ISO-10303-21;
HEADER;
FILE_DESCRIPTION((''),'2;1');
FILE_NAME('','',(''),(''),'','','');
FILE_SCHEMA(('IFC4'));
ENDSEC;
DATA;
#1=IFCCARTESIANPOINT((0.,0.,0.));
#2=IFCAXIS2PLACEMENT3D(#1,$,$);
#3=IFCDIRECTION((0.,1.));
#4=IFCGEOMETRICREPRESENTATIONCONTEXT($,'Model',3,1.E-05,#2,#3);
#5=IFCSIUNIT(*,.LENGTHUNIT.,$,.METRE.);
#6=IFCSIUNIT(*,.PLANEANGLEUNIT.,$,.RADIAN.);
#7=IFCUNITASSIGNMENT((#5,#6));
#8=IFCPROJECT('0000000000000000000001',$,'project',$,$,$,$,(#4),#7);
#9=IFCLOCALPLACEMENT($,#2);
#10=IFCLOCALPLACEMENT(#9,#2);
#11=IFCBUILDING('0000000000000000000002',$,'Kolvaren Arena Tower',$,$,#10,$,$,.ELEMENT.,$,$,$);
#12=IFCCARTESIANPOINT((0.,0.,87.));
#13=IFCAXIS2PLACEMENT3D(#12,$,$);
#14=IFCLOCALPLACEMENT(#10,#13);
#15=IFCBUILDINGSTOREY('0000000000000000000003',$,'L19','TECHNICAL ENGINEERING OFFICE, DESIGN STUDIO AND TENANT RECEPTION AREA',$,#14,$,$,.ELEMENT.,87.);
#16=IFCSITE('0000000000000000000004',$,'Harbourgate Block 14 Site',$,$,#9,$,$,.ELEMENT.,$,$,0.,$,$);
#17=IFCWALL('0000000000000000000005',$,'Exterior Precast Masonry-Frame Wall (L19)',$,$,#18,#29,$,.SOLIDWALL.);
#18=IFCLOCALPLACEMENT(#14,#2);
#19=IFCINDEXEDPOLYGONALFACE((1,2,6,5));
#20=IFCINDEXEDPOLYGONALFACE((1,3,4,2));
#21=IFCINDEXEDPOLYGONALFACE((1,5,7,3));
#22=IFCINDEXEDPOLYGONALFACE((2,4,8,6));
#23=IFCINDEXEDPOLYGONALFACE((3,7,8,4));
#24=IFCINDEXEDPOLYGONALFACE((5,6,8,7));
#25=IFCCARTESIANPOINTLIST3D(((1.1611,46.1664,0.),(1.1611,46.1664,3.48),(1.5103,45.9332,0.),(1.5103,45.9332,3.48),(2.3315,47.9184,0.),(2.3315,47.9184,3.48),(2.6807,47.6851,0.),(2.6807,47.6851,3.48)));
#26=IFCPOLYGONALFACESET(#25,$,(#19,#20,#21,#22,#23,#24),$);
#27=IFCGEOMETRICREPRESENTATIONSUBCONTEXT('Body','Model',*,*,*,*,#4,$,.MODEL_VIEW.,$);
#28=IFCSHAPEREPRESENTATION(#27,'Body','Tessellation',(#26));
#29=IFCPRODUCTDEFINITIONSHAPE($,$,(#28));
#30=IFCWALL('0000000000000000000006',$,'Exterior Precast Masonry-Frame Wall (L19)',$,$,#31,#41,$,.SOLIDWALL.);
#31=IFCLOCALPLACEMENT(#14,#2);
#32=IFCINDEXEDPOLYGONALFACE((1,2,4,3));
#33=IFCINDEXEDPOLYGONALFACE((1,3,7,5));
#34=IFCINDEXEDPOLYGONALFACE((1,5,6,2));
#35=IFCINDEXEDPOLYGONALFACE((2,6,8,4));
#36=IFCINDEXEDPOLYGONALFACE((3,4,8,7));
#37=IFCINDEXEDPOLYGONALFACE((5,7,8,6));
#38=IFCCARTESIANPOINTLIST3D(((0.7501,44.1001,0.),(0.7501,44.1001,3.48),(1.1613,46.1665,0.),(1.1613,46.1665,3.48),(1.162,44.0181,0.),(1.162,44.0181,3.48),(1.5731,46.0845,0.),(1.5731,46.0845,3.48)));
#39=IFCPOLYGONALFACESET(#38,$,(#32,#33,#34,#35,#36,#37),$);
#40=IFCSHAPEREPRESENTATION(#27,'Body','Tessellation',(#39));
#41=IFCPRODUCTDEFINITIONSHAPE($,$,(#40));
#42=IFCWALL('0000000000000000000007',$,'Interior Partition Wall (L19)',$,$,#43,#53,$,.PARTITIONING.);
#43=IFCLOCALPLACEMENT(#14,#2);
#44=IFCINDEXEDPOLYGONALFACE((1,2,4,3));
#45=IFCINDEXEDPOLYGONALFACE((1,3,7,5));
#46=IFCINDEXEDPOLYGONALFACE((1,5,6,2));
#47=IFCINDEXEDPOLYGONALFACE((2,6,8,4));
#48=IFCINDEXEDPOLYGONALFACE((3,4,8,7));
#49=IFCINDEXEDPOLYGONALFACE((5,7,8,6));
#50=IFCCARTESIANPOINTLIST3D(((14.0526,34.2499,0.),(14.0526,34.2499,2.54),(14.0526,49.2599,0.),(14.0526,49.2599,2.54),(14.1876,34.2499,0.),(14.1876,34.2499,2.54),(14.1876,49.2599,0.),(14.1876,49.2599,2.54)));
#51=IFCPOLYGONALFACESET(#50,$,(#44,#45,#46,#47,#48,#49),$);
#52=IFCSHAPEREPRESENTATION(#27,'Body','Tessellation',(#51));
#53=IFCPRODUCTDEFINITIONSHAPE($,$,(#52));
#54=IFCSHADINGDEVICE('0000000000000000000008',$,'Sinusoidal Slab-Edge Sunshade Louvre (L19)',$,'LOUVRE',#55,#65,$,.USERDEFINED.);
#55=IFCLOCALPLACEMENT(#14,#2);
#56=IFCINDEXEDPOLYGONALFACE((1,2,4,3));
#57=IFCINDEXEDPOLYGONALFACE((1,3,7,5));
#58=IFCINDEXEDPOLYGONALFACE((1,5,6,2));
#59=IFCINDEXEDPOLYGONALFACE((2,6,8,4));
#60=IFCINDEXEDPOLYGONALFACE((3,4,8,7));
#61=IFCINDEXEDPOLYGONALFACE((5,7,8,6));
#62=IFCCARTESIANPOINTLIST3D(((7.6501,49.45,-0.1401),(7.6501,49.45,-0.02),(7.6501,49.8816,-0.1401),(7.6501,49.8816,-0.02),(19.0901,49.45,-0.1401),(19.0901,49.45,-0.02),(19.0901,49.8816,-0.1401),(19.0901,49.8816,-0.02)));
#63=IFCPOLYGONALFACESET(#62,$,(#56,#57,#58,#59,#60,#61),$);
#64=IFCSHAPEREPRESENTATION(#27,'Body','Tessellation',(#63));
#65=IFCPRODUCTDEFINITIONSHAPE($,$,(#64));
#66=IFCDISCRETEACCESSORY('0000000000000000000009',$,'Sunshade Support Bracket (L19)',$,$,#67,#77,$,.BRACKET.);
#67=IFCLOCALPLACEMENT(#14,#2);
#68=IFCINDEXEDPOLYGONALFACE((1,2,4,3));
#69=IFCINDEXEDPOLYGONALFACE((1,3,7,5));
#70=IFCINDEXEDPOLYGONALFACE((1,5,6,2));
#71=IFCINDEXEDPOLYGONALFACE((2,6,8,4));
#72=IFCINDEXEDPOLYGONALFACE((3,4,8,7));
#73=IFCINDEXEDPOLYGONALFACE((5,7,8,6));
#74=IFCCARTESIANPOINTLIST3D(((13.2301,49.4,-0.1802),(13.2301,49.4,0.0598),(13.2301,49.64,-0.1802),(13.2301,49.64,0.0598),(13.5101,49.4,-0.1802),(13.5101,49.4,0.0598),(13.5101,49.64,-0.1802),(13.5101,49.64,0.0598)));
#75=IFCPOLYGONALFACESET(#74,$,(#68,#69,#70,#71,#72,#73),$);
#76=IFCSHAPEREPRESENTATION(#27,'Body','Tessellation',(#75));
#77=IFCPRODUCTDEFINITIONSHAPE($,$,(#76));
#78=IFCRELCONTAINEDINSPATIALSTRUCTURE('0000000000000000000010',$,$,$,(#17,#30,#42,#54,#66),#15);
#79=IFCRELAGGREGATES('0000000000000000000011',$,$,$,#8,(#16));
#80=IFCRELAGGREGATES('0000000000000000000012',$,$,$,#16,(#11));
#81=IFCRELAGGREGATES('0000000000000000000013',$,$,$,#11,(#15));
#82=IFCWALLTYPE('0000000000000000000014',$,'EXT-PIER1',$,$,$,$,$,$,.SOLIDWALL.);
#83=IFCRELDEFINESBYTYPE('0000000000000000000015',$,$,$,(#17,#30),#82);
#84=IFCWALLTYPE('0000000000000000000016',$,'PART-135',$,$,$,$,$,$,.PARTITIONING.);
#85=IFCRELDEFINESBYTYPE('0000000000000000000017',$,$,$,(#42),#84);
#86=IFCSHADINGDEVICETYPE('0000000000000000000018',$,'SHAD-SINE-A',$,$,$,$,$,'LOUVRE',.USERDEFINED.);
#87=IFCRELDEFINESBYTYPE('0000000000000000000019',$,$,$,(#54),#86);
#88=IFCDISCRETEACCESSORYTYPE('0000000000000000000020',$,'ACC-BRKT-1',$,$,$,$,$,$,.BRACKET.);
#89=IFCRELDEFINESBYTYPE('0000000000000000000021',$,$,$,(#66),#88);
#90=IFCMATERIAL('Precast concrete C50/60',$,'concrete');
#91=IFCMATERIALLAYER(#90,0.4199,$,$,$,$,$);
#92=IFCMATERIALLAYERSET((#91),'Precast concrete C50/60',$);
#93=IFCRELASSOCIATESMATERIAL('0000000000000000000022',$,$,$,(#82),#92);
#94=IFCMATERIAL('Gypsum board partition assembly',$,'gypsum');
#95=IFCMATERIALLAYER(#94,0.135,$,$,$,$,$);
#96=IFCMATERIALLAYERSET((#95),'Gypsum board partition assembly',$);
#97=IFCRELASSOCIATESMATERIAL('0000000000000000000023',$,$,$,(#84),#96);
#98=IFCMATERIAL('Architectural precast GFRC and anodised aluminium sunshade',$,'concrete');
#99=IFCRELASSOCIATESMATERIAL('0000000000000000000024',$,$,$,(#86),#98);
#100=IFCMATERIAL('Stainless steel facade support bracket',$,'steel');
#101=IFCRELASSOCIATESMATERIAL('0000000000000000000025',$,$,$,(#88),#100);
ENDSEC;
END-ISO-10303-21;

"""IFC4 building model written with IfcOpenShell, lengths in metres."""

from ifc_helpers import new_model, si_unit, direction, frame, frame_2d, origin, origin_2d, place, context, subcontext, project, spatial, rectangle, extrude, material, layer, layer_set, type_object, element, save


model = new_model("IFC4")

# Units and contexts
model_context = context("Model", 3, precision=1e-05, world=origin(), true_north=direction((0.0, 1.0)))
body_context = subcontext(model_context, "Body", "Model", "MODEL_VIEW")
ifc_project = project(units=[si_unit("LENGTHUNIT", "METRE"), si_unit("PLANEANGLEUNIT", "RADIAN")], contexts=[model_context])

# Site, building, storey
site_placement = place(None, origin())
site = spatial("IfcSite", under=ifc_project, at=site_placement, Name="Harbourgate Block 14 Site", CompositionType="ELEMENT", RefElevation=0.0)
building_placement = place(site_placement, origin())
building = spatial("IfcBuilding", under=site, at=building_placement, Name="Kolvaren Arena Tower", CompositionType="ELEMENT")
storey_placement = place(building_placement, frame((0.0, 0.0, 87.0)))
storey = spatial("IfcBuildingStorey", under=building, at=storey_placement, Name="L19", Description="TECHNICAL ENGINEERING OFFICE, DESIGN STUDIO AND TENANT RECEPTION AREA", CompositionType="ELEMENT", Elevation=87.0)

# Shared definitions
ifc_material_1 = material(Name="Precast concrete C50/60", Category="concrete")
ifc_layer_1 = layer(ifc_material_1, 0.4199)
ifc_layer_set_1 = layer_set([ifc_layer_1], Name="Precast concrete C50/60")
wall_type_1 = type_object("IfcWallType", Name="EXT-PIER1", PredefinedType="SOLIDWALL", material=ifc_layer_set_1)

# Walls
for number, where, z_axis, x_axis, name in (
    (1, (1.3357, 46.0498, 0.0), (0.0, 0.0, 1.0), (0.555502, 0.831515, 0.0), "Exterior Precast Masonry-Frame Wall (L19)"),
    (2, (0.9561, 44.0591, 0.0), (0.0, 0.0, 1.0), (0.195136, 0.980776, 0.0), "Exterior Precast Masonry-Frame Wall (L19)"),
):
    element("IfcWall", number, at=place(storey_placement, frame(where, z_axis=z_axis, x_axis=x_axis)), inside=storey, type_object=wall_type_1, Name=name, PredefinedType="SOLIDWALL", context=body_context, shape_type="SweptSolid", body=[
        extrude(rectangle(XDim=2.1069, YDim=0.4199, at=frame_2d((1.0535, 0.0))), origin(), (0.0, 0.0, 1.0), 3.48),
    ])
ifc_material_2 = material(Name="Gypsum board partition assembly", Category="gypsum")
ifc_layer_2 = layer(ifc_material_2, 0.135)
ifc_layer_set_2 = layer_set([ifc_layer_2], Name="Gypsum board partition assembly")
wall_type_2 = type_object("IfcWallType", Name="PART-135", PredefinedType="PARTITIONING", material=ifc_layer_set_2)
wall_1_placement = place(storey_placement, frame((14.1201, 34.25, 0.0), z_axis=(0.0, 0.0, 1.0), x_axis=(0.0, 1.0, 0.0)))
element("IfcWall", 3, at=wall_1_placement, inside=storey, type_object=wall_type_2, Name="Interior Partition Wall (L19)", PredefinedType="PARTITIONING", context=body_context, shape_type="SweptSolid", body=[
    extrude(rectangle(XDim=15.01, YDim=0.135, at=frame_2d((7.5049, 0.0))), origin(), (0.0, 0.0, 1.0), 2.54),
])

# Shading device
ifc_material_3 = material(Name="Architectural precast GFRC and anodised aluminium sunshade", Category="concrete")
shading_device_type = type_object("IfcShadingDeviceType", Name="SHAD-SINE-A", ElementType="LOUVRE", PredefinedType="USERDEFINED", material=ifc_material_3)
shading_device_placement = place(storey_placement, frame((13.3701, 49.6658, -0.1401), z_axis=(0.0, 0.0, 1.0), x_axis=(1.0, 0.0, 0.0)))
element("IfcShadingDevice", 4, at=shading_device_placement, inside=storey, type_object=shading_device_type, Name="Sinusoidal Slab-Edge Sunshade Louvre (L19)", ObjectType="LOUVRE", PredefinedType="USERDEFINED", context=body_context, shape_type="SweptSolid", body=[
    extrude(rectangle(XDim=11.4399, YDim=0.4316, at=origin_2d()), origin(), (0.0, 0.0, 1.0), 0.1201),
])

# Discrete accessory
ifc_material_4 = material(Name="Stainless steel facade support bracket", Category="steel")
discrete_accessory_type = type_object("IfcDiscreteAccessoryType", Name="ACC-BRKT-1", PredefinedType="BRACKET", material=ifc_material_4)
discrete_accessory_placement = place(storey_placement, frame((13.3701, 49.52, -0.1802), z_axis=(0.0, 0.0, 1.0), x_axis=(1.0, 0.0, 0.0)))
element("IfcDiscreteAccessory", 5, at=discrete_accessory_placement, inside=storey, type_object=discrete_accessory_type, Name="Sunshade Support Bracket (L19)", PredefinedType="BRACKET", context=body_context, shape_type="SweptSolid", body=[
    extrude(rectangle(XDim=0.28, YDim=0.24, at=origin_2d()), origin(), (0.0, 0.0, 1.0), 0.24),
])

save(model, "model.ifc")
